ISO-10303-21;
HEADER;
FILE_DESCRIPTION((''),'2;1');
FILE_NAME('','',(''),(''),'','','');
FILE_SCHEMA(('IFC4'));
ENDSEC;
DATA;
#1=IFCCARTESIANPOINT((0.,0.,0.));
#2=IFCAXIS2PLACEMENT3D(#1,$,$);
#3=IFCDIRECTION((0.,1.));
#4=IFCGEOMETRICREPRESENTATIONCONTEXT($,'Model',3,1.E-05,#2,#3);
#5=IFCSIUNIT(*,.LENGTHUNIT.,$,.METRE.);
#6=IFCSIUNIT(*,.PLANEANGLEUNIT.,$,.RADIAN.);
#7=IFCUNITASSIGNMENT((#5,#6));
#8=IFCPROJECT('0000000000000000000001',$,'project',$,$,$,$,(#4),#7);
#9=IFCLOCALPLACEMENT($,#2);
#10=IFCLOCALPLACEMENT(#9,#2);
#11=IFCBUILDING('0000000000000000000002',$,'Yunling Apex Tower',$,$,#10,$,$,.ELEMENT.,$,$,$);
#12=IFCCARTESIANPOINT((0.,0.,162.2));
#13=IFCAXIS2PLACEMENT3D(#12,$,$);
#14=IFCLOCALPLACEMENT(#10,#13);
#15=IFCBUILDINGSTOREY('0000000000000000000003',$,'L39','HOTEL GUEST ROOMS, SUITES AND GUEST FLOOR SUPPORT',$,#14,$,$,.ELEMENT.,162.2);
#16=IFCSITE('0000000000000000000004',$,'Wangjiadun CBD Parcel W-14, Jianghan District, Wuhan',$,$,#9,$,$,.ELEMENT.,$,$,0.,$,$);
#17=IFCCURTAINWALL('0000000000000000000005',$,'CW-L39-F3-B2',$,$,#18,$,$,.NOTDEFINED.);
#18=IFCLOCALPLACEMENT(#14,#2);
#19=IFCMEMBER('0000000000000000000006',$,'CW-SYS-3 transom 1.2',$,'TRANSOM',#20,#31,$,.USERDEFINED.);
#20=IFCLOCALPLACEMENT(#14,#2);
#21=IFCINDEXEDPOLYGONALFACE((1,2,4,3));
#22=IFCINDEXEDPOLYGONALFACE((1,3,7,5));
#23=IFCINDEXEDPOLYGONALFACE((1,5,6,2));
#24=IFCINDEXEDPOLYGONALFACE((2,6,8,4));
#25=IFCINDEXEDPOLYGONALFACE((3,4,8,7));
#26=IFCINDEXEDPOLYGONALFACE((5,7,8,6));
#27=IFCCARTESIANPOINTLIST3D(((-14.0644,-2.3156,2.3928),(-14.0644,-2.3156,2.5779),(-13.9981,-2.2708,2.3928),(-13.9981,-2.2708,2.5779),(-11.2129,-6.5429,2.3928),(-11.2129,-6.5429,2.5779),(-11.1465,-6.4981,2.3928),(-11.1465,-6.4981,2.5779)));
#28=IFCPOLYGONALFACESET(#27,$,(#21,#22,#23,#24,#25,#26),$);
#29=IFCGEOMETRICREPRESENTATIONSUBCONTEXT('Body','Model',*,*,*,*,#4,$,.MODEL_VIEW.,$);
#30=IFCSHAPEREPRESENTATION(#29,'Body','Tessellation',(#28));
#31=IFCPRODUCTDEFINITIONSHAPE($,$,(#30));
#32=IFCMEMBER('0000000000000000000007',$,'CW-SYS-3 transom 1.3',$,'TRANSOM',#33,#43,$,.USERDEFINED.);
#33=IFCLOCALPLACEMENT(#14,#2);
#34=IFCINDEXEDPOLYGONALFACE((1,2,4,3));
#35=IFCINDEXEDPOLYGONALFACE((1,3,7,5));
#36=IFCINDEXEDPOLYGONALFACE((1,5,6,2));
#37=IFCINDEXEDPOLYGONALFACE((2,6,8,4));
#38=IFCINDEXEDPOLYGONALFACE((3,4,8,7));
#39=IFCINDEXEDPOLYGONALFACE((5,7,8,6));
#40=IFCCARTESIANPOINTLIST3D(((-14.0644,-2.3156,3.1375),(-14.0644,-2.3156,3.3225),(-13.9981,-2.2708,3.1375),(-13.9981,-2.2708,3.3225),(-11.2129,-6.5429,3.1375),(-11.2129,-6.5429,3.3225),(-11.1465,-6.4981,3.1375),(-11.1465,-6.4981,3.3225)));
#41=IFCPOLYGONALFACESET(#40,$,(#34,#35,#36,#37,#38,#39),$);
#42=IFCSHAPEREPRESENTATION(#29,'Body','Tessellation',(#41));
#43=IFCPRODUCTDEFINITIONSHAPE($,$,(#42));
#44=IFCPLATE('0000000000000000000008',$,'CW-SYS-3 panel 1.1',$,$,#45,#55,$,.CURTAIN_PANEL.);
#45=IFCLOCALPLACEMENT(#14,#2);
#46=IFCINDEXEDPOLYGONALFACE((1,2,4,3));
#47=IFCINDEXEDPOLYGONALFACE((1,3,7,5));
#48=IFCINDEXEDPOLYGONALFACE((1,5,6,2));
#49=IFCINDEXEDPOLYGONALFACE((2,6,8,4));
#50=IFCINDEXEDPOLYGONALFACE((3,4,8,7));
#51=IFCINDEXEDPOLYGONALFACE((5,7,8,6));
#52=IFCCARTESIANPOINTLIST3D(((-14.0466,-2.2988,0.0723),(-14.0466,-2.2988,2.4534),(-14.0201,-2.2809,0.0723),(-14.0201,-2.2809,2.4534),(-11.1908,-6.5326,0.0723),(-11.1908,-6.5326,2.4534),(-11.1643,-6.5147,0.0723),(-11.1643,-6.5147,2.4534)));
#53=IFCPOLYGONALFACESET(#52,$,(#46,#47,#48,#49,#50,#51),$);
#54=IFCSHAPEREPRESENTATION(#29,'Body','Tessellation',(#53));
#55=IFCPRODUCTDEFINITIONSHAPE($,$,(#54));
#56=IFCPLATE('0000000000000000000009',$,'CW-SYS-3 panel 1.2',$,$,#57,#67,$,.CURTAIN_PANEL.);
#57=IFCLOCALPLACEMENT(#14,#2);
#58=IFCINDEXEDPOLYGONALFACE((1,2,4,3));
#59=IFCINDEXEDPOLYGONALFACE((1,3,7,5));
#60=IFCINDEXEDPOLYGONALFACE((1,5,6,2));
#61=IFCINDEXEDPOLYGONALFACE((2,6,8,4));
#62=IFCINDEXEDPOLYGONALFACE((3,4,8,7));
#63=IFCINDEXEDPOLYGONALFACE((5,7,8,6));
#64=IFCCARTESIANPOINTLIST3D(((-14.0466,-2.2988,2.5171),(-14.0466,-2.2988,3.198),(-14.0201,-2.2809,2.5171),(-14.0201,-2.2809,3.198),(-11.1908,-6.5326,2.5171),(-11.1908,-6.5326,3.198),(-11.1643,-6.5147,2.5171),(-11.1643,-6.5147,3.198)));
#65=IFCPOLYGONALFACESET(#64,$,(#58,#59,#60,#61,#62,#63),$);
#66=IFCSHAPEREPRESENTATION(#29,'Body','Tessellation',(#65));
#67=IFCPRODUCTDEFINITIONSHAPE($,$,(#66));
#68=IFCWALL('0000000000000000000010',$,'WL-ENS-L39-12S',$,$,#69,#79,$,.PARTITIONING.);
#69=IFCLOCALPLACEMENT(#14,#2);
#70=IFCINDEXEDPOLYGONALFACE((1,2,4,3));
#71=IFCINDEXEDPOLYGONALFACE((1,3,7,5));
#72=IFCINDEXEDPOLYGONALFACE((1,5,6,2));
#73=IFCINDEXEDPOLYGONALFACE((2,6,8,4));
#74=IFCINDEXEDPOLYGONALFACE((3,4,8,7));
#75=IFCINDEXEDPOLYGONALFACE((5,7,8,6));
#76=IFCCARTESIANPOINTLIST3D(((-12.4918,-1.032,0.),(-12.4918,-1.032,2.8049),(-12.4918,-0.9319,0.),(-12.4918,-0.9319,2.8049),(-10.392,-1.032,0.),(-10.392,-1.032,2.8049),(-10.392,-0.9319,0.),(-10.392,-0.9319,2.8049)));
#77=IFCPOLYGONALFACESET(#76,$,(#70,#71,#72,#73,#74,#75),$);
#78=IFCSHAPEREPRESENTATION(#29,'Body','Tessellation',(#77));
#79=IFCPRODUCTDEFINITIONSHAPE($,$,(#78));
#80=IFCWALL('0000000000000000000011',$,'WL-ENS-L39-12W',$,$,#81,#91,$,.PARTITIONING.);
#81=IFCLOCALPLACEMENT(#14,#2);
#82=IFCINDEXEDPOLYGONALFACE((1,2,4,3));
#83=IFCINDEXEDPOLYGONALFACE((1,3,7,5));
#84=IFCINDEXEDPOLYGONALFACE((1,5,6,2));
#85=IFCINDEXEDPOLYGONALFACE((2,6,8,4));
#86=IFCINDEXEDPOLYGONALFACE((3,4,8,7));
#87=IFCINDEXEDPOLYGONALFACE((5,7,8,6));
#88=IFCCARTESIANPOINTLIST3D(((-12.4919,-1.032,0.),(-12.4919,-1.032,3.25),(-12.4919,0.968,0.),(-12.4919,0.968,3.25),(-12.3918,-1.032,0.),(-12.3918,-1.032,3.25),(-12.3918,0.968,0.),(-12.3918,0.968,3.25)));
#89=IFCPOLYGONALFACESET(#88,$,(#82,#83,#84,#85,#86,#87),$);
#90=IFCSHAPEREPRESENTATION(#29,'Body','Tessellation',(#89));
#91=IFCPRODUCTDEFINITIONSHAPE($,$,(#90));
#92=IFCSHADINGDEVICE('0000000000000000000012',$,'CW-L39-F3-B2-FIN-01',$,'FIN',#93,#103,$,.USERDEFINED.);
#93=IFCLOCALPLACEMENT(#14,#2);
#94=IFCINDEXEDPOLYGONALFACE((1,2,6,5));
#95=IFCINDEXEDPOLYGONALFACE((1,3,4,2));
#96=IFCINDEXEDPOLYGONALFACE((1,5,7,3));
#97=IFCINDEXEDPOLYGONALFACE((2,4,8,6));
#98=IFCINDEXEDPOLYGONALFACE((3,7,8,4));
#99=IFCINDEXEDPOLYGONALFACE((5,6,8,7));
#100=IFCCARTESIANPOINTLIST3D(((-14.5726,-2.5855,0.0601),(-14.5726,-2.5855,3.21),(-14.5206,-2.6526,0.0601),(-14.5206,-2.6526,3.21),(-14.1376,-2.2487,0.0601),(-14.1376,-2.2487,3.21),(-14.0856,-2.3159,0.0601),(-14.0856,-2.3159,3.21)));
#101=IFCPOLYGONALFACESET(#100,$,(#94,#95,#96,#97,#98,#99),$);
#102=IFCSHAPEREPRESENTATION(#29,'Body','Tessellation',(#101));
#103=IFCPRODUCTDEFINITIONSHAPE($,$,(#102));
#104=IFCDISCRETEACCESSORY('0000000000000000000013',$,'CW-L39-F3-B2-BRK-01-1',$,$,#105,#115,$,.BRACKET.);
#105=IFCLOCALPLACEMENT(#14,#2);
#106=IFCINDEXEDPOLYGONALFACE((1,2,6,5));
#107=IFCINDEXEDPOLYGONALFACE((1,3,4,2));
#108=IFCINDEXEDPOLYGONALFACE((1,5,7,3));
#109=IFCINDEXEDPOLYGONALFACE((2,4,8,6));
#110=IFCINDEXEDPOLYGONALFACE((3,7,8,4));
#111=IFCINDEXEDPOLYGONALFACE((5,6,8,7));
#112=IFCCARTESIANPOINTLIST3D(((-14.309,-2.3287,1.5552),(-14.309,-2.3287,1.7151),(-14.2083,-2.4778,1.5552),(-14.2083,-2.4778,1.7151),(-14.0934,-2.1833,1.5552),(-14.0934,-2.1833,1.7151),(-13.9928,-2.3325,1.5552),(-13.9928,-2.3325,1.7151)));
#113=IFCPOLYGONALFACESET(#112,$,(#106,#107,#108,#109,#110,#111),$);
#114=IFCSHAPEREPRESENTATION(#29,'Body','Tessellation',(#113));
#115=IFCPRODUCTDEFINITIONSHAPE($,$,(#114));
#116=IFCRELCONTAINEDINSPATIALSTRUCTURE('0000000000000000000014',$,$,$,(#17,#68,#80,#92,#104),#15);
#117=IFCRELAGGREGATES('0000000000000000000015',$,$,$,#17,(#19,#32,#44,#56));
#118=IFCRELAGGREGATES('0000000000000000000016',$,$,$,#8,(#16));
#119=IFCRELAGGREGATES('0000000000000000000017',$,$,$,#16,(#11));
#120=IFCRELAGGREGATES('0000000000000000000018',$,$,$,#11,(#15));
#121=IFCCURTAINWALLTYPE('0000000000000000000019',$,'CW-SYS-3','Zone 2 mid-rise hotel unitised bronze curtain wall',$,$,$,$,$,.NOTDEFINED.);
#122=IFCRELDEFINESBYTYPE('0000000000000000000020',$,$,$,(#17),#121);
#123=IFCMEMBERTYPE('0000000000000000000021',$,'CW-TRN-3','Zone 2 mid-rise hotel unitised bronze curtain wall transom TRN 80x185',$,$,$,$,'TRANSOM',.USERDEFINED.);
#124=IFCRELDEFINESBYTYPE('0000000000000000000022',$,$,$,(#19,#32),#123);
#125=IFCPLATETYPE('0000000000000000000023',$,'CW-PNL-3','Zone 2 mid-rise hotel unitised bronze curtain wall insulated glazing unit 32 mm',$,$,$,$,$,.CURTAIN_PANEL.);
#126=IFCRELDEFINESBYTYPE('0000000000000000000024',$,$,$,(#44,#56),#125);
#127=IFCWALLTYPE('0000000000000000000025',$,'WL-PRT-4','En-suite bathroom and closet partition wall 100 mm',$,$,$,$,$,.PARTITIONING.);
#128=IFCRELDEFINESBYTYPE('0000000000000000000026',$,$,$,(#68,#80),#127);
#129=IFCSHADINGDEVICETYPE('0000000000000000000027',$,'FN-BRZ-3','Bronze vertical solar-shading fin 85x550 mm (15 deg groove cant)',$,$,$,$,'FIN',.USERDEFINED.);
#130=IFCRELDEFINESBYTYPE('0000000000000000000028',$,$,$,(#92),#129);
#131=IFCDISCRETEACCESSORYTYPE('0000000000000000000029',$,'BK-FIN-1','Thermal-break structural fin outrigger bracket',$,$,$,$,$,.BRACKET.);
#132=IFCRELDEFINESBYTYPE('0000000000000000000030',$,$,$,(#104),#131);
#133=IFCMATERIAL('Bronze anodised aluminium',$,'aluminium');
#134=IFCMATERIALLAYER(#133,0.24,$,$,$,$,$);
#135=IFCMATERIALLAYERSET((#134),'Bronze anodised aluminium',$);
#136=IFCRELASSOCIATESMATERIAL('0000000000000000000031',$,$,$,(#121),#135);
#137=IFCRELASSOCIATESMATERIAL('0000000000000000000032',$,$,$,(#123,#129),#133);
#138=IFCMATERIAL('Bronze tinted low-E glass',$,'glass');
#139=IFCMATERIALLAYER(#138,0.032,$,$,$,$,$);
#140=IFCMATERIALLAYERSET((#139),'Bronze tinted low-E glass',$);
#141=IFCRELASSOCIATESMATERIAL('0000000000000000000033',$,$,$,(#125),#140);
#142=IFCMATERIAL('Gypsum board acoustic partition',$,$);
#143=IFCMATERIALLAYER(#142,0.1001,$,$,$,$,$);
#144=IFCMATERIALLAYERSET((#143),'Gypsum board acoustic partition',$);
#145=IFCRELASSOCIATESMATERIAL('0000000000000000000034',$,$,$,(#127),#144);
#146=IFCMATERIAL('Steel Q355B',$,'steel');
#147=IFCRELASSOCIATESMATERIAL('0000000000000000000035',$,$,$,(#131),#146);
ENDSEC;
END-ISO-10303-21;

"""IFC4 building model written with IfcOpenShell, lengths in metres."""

from ifc_helpers import new_model, si_unit, direction, frame, frame_2d, origin, origin_2d, place, context, subcontext, project, spatial, rectangle, extrude, source, transform, mapped, material, layer, layer_set, material_profile, profile_set, type_object, element, aggregate, save


model = new_model("IFC4")

# Units and contexts
model_context = context("Model", 3, precision=1e-05, world=origin(), true_north=direction((0.0, 1.0)))
body_context = subcontext(model_context, "Body", "Model", "MODEL_VIEW")
ifc_project = project(units=[si_unit("LENGTHUNIT", "METRE"), si_unit("PLANEANGLEUNIT", "RADIAN")], contexts=[model_context])

# Site, building, storey
site_placement = place(None, origin())
site = spatial("IfcSite", under=ifc_project, at=site_placement, Name="Wangjiadun CBD Parcel W-14, Jianghan District, Wuhan", CompositionType="ELEMENT", RefElevation=0.0)
building_placement = place(site_placement, origin())
building = spatial("IfcBuilding", under=site, at=building_placement, Name="Yunling Apex Tower", CompositionType="ELEMENT")
storey_placement = place(building_placement, frame((0.0, 0.0, 162.2)))
storey = spatial("IfcBuildingStorey", under=building, at=storey_placement, Name="L39", Description="HOTEL GUEST ROOMS, SUITES AND GUEST FLOOR SUPPORT", CompositionType="ELEMENT", Elevation=162.2)

# Shared definitions
ifc_material_1 = material(Name="Steel Q355B", Category="steel")

# Shared definitions
ifc_material_2 = material(Name="Bronze anodised aluminium", Category="aluminium")
ifc_layer_1 = layer(ifc_material_2, 0.24)
ifc_layer_set_1 = layer_set([ifc_layer_1], Name="Bronze anodised aluminium")
curtain_wall_type = type_object("IfcCurtainWallType", Name="CW-SYS-3", Description="Zone 2 mid-rise hotel unitised bronze curtain wall", PredefinedType="NOTDEFINED", material=ifc_layer_set_1)

# Curtain wall, members, plates
curtain_wall_1_placement = place(storey_placement, origin())
curtain_wall_1 = element("IfcCurtainWall", 1, at=curtain_wall_1_placement, inside=storey, type_object=curtain_wall_type, Name="CW-L39-F3-B2", PredefinedType="NOTDEFINED")
ifc_material_profile_1 = material_profile(ifc_material_2, rectangle(XDim=0.0801, YDim=0.1851, at=origin_2d()))
ifc_profile_set_1 = profile_set([ifc_material_profile_1], Name="Bronze anodised aluminium")
member_type_1 = type_object("IfcMemberType", Name="CW-TRN-3", Description="Zone 2 mid-rise hotel unitised bronze curtain wall transom TRN 80x185", ElementType="TRANSOM", PredefinedType="USERDEFINED", material=ifc_profile_set_1)
shared_shape_1 = source(origin(), body_context, "Body", "SweptSolid", [
    extrude(rectangle(XDim=0.0801, YDim=0.1851, at=origin_2d()), origin(), (0.0, 0.0, 1.0), 5.0991),
])
member_1_placement = place(storey_placement, frame((-14.0312, -2.2932, 2.4854), z_axis=(0.559222, -0.829018, 0.0), x_axis=(0.829018, 0.559222, 0.0)))
member_1 = element("IfcMember", 2, at=member_1_placement, type_object=member_type_1, Name="CW-SYS-3 transom 1.2", ObjectType="TRANSOM", PredefinedType="USERDEFINED", context=body_context, shape_type="MappedRepresentation", body=[
    mapped(shared_shape_1, transform((0.0, 0.0, 0.0), scale=1.0)),
])
member_2_placement = place(storey_placement, frame((-14.0312, -2.2932, 3.23), z_axis=(0.559222, -0.829018, 0.0), x_axis=(0.829018, 0.559222, 0.0)))
member_2 = element("IfcMember", 3, at=member_2_placement, type_object=member_type_1, Name="CW-SYS-3 transom 1.3", ObjectType="TRANSOM", PredefinedType="USERDEFINED", context=body_context, shape_type="MappedRepresentation", body=[
    mapped(shared_shape_1, transform((0.0, 0.0, 0.0), scale=1.0)),
])
ifc_material_3 = material(Name="Bronze tinted low-E glass", Category="glass")
ifc_layer_2 = layer(ifc_material_3, 0.032)
ifc_layer_set_2 = layer_set([ifc_layer_2], Name="Bronze tinted low-E glass")
plate_type = type_object("IfcPlateType", Name="CW-PNL-3", Description="Zone 2 mid-rise hotel unitised bronze curtain wall insulated glazing unit 32 mm", PredefinedType="CURTAIN_PANEL", material=ifc_layer_set_2)
shared_shape_2 = source(origin(), body_context, "Body", "SweptSolid", [
    extrude(rectangle(XDim=5.1069, YDim=0.032, at=origin_2d()), origin(), (0.0, 0.0, 1.0), 2.3811),
])
plate_1_placement = place(storey_placement, frame((-12.6055, -4.4067, 0.0723), z_axis=(0.0, 0.0, 1.0), x_axis=(0.55921, -0.829026, 0.0)))
plate_1 = element("IfcPlate", 4, at=plate_1_placement, type_object=plate_type, Name="CW-SYS-3 panel 1.1", PredefinedType="CURTAIN_PANEL", context=body_context, shape_type="MappedRepresentation", body=[
    mapped(shared_shape_2, transform((0.0, 0.0, 0.0), scale=1.0)),
])
shared_shape_3 = source(origin(), body_context, "Body", "SweptSolid", [
    extrude(rectangle(XDim=5.1069, YDim=0.032, at=origin_2d()), origin(), (0.0, 0.0, 1.0), 0.6809),
])
plate_2_placement = place(storey_placement, frame((-12.6055, -4.4067, 2.5171), z_axis=(0.0, 0.0, 1.0), x_axis=(0.55921, -0.829026, 0.0)))
plate_2 = element("IfcPlate", 5, at=plate_2_placement, type_object=plate_type, Name="CW-SYS-3 panel 1.2", PredefinedType="CURTAIN_PANEL", context=body_context, shape_type="MappedRepresentation", body=[
    mapped(shared_shape_3, transform((0.0, 0.0, 0.0), scale=1.0)),
])
aggregate(curtain_wall_1, [member_1, member_2, plate_1, plate_2])

# Walls
ifc_material_4 = material(Name="Gypsum board acoustic partition")
ifc_layer_3 = layer(ifc_material_4, 0.1001)
ifc_layer_set_3 = layer_set([ifc_layer_3], Name="Gypsum board acoustic partition")
wall_type = type_object("IfcWallType", Name="WL-PRT-4", Description="En-suite bathroom and closet partition wall 100 mm", PredefinedType="PARTITIONING", material=ifc_layer_set_3)
wall_1_placement = place(storey_placement, frame((-10.3921, -0.9819, 0.0), z_axis=(0.0, 0.0, 1.0), x_axis=(-1.0, 0.0, 0.0)))
element("IfcWall", 6, at=wall_1_placement, inside=storey, type_object=wall_type, Name="WL-ENS-L39-12S", PredefinedType="PARTITIONING", context=body_context, shape_type="SweptSolid", body=[
    extrude(rectangle(XDim=2.0999, YDim=0.1001, at=frame_2d((1.0498, 0.0))), origin(), (0.0, 0.0, 1.0), 2.8049),
])
wall_2_placement = place(storey_placement, frame((-12.4419, -1.032, 0.0), z_axis=(0.0, 0.0, 1.0), x_axis=(0.0, 1.0, 0.0)))
element("IfcWall", 7, at=wall_2_placement, inside=storey, type_object=wall_type, Name="WL-ENS-L39-12W", PredefinedType="PARTITIONING", context=body_context, shape_type="SweptSolid", body=[
    extrude(rectangle(XDim=2.0, YDim=0.1001, at=frame_2d((1.0, 0.0))), origin(), (0.0, 0.0, 1.0), 3.25),
])

# Shading device
ifc_material_profile_2 = material_profile(ifc_material_2, rectangle(XDim=0.085, YDim=0.55, at=origin_2d()))
ifc_profile_set_2 = profile_set([ifc_material_profile_2], Name="Bronze anodised aluminium")
shading_device_type = type_object("IfcShadingDeviceType", Name="FN-BRZ-3", Description="Bronze vertical solar-shading fin 85x550 mm (15 deg groove cant)", ElementType="FIN", PredefinedType="USERDEFINED", material=ifc_profile_set_2)
shared_shape_4 = source(origin(), body_context, "Body", "SweptSolid", [
    extrude(rectangle(XDim=0.085, YDim=0.55, at=origin_2d()), origin(), (0.0, 0.0, 1.0), 3.1499),
])
shading_device_placement = place(storey_placement, frame((-14.3291, -2.4507, 0.0601), z_axis=(0.0, 0.0, 1.0), x_axis=(0.612217, -0.79069, 0.0)))
element("IfcShadingDevice", 8, at=shading_device_placement, inside=storey, type_object=shading_device_type, Name="CW-L39-F3-B2-FIN-01", ObjectType="FIN", PredefinedType="USERDEFINED", context=body_context, shape_type="MappedRepresentation", body=[
    mapped(shared_shape_4, transform((0.0, 0.0, 0.0), scale=1.0)),
])

# Discrete accessory
discrete_accessory_type = type_object("IfcDiscreteAccessoryType", Name="BK-FIN-1", Description="Thermal-break structural fin outrigger bracket", PredefinedType="BRACKET", material=ifc_material_1)
shared_shape_5 = source(origin(), body_context, "Body", "SweptSolid", [
    extrude(rectangle(XDim=0.1799, YDim=0.26, at=origin_2d()), origin(), (0.0, 0.0, 1.0), 0.1599),
])
discrete_accessory_placement = place(storey_placement, frame((-14.1509, -2.3306, 1.5552), z_axis=(0.0, 0.0, 1.0), x_axis=(0.559193, -0.829038, 0.0)))
element("IfcDiscreteAccessory", 9, at=discrete_accessory_placement, inside=storey, type_object=discrete_accessory_type, Name="CW-L39-F3-B2-BRK-01-1", PredefinedType="BRACKET", context=body_context, shape_type="MappedRepresentation", body=[
    mapped(shared_shape_5, transform((0.0, 0.0, 0.0), scale=1.0)),
])

save(model, "model.ifc")
